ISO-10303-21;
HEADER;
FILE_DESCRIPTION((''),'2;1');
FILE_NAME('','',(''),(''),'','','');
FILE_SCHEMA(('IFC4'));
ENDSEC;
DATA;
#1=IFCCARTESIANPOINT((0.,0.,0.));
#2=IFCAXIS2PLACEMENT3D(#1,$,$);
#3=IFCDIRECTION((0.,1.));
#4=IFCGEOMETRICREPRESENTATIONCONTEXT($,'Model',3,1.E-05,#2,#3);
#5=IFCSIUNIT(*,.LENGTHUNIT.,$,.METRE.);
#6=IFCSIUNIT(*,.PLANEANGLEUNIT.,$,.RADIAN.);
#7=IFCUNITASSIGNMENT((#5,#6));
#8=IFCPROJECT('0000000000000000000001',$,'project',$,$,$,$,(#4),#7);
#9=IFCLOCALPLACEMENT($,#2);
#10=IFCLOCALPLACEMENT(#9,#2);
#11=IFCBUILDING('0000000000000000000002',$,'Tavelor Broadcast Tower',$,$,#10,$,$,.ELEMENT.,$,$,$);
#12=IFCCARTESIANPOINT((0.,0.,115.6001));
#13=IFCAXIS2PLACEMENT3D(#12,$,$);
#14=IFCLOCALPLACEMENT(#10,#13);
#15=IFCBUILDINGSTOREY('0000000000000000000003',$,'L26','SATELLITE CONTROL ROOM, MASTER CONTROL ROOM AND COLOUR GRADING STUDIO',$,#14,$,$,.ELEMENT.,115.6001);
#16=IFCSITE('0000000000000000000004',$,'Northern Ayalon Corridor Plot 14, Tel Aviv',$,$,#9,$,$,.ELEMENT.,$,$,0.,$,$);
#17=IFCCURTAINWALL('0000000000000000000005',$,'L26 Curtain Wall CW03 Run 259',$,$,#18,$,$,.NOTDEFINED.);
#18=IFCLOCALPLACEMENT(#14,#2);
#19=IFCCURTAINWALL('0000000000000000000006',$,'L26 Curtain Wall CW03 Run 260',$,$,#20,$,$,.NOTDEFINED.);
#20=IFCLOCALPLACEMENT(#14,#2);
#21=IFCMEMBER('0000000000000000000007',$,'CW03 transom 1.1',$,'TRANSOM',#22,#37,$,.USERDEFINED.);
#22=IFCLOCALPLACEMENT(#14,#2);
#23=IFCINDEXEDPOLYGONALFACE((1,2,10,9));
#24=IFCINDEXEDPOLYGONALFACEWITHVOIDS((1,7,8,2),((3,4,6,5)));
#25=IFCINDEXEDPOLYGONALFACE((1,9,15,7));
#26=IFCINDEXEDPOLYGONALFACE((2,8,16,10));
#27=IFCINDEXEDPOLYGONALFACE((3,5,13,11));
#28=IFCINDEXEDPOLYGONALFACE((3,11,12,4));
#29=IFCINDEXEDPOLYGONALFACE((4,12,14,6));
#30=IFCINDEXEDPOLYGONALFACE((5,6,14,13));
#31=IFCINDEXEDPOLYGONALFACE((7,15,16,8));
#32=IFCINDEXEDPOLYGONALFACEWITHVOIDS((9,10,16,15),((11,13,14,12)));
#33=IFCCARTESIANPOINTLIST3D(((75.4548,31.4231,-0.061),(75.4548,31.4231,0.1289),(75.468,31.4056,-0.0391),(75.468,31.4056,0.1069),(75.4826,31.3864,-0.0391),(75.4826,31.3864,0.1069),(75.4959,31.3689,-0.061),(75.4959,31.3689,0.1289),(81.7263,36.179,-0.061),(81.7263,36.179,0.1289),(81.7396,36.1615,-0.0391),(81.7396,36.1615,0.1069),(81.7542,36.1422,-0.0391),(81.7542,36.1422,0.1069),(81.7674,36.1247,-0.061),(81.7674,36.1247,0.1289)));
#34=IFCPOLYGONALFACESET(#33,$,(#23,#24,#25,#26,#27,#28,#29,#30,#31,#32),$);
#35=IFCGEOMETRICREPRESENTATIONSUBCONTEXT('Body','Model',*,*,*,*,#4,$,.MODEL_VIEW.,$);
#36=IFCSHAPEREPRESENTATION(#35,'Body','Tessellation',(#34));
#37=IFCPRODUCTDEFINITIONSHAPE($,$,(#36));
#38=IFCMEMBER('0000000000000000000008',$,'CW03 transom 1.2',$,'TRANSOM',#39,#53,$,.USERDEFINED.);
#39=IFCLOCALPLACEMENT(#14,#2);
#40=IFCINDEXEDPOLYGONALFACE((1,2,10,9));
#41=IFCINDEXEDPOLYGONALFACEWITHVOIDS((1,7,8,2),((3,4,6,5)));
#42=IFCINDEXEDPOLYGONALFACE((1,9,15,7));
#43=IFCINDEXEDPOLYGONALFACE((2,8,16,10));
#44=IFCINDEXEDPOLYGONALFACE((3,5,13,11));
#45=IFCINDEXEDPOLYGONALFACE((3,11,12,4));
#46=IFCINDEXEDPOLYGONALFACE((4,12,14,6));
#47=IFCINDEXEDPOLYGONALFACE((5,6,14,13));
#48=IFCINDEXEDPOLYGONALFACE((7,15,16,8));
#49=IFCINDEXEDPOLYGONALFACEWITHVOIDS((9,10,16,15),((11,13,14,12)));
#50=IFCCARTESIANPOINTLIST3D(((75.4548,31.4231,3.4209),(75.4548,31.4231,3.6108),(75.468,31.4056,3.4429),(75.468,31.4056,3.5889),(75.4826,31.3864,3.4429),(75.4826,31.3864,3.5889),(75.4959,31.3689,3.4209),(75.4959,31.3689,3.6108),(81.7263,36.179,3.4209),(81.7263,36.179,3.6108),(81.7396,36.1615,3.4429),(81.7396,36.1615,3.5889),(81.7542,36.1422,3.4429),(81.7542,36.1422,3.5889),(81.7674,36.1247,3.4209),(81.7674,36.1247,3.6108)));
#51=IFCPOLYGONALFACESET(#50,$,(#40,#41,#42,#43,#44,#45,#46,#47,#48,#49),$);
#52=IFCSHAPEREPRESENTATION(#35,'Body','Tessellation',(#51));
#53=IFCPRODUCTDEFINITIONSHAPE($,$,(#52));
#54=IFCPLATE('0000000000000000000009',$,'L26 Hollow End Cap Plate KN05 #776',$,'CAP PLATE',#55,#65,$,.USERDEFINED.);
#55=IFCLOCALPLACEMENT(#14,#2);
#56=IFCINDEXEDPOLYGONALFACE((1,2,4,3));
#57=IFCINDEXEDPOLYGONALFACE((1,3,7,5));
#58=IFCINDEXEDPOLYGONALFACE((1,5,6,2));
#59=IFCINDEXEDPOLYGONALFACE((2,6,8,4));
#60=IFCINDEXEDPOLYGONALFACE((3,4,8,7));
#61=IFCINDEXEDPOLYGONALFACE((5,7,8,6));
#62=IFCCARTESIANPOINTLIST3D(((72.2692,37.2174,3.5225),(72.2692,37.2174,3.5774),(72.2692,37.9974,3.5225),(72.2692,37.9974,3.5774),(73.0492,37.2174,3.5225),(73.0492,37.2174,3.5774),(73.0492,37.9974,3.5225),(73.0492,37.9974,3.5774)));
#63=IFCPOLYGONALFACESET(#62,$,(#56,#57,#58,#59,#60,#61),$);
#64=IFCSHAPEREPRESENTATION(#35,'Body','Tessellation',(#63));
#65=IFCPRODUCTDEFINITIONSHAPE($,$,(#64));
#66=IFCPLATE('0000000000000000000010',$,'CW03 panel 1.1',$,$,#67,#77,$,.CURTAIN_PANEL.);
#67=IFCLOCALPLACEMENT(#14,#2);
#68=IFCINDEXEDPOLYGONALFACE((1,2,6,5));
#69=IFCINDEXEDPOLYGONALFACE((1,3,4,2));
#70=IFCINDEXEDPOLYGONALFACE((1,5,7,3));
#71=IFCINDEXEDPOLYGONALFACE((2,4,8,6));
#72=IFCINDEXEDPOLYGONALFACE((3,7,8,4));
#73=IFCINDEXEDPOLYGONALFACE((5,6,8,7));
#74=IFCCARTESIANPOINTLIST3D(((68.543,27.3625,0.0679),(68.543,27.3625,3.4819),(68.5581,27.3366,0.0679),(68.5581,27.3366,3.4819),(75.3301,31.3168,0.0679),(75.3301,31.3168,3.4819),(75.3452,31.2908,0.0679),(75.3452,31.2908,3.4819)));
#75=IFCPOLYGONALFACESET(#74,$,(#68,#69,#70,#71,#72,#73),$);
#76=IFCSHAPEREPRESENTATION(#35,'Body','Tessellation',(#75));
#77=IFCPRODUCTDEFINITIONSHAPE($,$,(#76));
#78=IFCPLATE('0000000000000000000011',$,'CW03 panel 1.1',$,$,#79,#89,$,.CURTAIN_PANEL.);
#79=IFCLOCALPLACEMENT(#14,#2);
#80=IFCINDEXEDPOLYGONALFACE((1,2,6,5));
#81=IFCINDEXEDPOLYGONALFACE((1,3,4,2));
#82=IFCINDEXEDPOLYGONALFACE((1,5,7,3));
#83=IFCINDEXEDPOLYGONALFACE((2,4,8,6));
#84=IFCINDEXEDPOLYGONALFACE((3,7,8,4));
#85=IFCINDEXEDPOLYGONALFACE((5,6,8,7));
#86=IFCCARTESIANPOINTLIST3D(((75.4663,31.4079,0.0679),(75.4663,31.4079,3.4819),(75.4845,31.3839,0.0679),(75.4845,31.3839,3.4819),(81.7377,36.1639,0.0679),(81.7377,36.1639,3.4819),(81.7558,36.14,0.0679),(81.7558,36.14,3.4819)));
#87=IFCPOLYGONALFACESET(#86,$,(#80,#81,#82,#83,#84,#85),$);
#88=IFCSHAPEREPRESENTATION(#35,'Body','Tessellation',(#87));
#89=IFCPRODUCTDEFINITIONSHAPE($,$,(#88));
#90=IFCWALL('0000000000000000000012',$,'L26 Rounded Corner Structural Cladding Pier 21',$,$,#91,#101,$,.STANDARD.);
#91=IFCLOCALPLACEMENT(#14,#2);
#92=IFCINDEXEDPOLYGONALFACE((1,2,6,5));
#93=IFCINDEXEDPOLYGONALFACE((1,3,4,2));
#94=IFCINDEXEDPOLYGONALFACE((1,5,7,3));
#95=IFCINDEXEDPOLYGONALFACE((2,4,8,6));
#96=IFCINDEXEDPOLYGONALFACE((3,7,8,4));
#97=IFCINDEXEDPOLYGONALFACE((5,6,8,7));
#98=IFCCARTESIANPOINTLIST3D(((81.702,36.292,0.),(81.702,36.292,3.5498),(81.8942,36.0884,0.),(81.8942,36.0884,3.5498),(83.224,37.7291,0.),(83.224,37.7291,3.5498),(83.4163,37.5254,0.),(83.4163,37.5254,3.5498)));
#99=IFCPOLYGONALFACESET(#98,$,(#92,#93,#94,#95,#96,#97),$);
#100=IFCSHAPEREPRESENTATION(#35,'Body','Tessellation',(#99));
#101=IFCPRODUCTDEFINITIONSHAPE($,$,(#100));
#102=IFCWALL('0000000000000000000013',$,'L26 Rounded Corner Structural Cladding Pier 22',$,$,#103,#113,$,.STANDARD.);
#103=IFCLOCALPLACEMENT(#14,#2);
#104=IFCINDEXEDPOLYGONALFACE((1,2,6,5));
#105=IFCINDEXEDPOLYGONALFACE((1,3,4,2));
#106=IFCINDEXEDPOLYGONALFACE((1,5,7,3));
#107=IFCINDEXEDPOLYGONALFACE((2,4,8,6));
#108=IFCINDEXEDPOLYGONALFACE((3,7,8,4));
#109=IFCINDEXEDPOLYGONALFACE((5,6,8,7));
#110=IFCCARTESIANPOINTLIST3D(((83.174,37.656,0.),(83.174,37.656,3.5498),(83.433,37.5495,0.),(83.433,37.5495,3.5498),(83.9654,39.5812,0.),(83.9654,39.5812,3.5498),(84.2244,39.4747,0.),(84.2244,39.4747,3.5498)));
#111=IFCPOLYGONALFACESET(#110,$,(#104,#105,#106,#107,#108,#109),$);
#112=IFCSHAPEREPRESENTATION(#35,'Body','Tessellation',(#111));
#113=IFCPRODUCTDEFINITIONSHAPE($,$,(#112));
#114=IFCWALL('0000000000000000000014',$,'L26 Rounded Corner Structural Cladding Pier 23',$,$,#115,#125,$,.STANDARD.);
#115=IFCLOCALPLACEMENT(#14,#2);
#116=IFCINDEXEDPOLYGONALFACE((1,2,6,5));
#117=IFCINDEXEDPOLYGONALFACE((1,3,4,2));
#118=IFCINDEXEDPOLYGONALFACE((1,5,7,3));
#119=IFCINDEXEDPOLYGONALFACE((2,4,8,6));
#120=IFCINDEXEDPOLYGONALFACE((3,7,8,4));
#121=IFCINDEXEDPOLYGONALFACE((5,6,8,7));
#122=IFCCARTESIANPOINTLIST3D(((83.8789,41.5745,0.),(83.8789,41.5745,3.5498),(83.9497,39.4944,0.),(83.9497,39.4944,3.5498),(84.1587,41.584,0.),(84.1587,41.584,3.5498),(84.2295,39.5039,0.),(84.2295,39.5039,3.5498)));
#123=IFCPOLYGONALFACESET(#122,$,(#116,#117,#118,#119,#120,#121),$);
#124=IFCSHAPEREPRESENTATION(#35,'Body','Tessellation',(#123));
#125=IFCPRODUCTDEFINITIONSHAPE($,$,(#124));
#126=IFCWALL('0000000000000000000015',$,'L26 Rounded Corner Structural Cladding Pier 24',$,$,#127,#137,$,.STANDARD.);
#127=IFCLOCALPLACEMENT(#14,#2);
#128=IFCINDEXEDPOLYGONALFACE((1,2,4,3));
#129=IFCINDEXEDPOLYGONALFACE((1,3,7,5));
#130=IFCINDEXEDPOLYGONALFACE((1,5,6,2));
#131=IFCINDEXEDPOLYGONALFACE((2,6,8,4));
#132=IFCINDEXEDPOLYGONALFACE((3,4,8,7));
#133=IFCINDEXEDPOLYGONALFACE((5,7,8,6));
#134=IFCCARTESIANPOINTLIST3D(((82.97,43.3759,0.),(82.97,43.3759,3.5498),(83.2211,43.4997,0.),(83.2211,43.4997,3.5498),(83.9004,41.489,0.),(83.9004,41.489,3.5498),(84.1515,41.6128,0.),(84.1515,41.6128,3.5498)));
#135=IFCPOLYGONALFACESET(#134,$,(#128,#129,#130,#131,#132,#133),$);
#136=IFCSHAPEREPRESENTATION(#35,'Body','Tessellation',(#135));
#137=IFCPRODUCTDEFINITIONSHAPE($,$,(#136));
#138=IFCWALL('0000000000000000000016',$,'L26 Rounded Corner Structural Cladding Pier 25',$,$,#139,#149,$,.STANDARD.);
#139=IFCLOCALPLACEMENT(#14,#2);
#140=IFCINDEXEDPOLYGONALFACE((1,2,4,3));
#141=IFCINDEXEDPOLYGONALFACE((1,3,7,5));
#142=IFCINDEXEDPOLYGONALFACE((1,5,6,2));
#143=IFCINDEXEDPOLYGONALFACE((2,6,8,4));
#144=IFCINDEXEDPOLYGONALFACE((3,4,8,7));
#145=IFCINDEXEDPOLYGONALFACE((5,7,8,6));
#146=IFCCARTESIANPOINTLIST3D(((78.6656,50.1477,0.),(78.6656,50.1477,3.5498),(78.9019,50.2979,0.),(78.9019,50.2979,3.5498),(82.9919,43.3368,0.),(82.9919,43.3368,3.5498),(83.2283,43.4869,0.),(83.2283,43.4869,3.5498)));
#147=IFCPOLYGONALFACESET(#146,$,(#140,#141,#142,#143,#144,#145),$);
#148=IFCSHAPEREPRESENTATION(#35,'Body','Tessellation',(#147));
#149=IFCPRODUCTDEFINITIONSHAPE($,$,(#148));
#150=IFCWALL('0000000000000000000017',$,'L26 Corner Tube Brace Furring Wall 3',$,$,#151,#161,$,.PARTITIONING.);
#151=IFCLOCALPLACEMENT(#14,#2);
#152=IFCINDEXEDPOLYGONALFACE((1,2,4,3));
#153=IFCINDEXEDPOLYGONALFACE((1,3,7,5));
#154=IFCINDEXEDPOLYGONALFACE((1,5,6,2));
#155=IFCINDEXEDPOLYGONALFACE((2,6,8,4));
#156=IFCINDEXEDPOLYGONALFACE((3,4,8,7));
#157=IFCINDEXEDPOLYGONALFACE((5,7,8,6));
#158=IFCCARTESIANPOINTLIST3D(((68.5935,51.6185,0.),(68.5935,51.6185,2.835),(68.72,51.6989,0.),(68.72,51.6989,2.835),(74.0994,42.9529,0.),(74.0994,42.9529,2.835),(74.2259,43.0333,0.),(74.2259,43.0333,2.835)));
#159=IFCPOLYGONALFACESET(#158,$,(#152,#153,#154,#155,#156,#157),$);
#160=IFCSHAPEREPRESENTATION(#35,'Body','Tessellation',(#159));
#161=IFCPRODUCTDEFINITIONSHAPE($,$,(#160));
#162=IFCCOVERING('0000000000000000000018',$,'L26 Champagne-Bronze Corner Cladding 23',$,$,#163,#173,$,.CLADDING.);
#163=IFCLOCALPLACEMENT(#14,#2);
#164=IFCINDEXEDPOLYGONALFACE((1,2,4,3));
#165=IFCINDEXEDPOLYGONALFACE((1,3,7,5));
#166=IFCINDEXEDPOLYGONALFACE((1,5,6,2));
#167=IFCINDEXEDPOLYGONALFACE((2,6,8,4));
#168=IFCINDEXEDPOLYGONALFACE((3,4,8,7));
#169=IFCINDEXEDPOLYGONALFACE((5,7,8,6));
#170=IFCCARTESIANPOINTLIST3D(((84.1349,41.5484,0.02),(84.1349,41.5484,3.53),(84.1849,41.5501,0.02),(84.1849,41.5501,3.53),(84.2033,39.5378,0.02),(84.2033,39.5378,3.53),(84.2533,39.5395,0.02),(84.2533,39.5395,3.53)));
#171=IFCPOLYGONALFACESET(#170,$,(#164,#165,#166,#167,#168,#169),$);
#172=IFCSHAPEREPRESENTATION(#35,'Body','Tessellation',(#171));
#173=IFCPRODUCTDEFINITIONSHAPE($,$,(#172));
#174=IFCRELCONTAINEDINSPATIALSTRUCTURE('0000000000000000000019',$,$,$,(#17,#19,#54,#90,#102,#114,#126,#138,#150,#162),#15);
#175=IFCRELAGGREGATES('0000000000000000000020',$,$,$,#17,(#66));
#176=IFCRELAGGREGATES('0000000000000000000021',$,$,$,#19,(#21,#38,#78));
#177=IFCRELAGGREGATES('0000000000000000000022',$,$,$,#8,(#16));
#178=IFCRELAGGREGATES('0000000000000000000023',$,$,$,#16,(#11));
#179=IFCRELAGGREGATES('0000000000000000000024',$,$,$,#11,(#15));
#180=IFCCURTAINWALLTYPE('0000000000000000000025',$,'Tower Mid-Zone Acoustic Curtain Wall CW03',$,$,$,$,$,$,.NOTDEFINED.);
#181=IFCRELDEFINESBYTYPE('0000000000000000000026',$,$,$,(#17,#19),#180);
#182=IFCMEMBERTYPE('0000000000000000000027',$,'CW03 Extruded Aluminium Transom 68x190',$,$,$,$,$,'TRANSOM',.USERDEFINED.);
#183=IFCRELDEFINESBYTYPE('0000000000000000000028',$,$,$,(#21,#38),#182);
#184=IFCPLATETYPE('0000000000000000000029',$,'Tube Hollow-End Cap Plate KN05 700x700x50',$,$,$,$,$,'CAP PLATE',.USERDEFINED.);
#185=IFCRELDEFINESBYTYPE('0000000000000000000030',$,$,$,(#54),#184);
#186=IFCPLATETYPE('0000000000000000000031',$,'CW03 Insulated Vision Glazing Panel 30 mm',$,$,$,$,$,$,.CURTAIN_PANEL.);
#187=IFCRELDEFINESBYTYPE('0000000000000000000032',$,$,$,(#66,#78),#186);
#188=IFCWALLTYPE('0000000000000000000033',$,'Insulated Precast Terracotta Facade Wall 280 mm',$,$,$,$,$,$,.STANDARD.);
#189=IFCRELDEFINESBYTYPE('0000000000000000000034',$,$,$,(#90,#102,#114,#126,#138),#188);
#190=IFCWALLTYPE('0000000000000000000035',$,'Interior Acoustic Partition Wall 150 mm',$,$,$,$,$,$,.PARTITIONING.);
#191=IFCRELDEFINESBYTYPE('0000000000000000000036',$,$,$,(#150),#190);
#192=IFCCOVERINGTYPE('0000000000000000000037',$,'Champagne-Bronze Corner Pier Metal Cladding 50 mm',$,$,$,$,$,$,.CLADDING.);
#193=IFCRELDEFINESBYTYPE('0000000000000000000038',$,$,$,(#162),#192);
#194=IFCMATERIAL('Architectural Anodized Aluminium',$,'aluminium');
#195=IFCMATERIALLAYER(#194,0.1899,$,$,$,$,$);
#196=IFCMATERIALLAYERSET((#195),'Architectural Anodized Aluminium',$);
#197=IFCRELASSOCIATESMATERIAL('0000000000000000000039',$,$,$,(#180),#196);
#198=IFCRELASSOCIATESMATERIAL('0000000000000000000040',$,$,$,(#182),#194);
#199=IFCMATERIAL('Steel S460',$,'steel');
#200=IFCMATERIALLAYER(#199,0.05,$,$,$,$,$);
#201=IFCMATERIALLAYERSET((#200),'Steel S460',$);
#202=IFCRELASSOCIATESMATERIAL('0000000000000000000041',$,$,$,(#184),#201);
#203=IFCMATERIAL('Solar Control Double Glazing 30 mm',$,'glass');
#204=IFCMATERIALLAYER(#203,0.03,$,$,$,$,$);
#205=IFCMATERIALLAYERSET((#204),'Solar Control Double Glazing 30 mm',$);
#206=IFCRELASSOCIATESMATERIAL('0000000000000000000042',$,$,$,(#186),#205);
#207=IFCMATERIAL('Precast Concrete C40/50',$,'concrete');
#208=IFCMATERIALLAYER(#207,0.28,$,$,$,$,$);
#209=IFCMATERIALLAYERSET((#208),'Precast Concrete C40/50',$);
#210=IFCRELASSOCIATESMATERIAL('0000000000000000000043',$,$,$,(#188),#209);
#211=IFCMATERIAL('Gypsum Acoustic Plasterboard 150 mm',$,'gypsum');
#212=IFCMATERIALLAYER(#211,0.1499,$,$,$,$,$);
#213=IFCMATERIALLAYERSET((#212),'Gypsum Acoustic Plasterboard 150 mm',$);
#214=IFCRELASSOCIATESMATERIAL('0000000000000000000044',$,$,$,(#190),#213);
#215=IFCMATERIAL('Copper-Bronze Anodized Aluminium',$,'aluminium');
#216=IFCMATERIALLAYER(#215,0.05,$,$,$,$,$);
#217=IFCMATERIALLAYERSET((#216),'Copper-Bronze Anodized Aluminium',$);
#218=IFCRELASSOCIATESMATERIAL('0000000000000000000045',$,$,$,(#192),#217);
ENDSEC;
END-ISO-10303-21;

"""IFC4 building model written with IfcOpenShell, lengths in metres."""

from ifc_helpers import new_model, si_unit, direction, frame, frame_2d, origin, origin_2d, place, context, subcontext, project, spatial, rectangle, hollow_rectangle, extrude, source, transform, mapped, material, layer, layer_set, material_profile, profile_set, type_object, type_shapes, element, aggregate, save


model = new_model("IFC4")

# Units and contexts
model_context = context("Model", 3, precision=1e-05, world=origin(), true_north=direction((0.0, 1.0)))
body_context = subcontext(model_context, "Body", "Model", "MODEL_VIEW")
ifc_project = project(units=[si_unit("LENGTHUNIT", "METRE"), si_unit("PLANEANGLEUNIT", "RADIAN")], contexts=[model_context])

# Site, building, storey
site_placement = place(None, origin())
site = spatial("IfcSite", under=ifc_project, at=site_placement, Name="Northern Ayalon Corridor Plot 14, Tel Aviv", CompositionType="ELEMENT", RefElevation=0.0)
building_placement = place(site_placement, origin())
building = spatial("IfcBuilding", under=site, at=building_placement, Name="Tavelor Broadcast Tower", CompositionType="ELEMENT")
storey_placement = place(building_placement, frame((0.0, 0.0, 115.6001)))
storey = spatial("IfcBuildingStorey", under=building, at=storey_placement, Name="L26", Description="SATELLITE CONTROL ROOM, MASTER CONTROL ROOM AND COLOUR GRADING STUDIO", CompositionType="ELEMENT", Elevation=115.6001)

# Shared definitions
ifc_material_1 = material(Name="Steel S460", Category="steel")

# Curtain wall
ifc_material_2 = material(Name="Architectural Anodized Aluminium", Category="aluminium")
ifc_layer_1 = layer(ifc_material_2, 0.1899)
ifc_layer_set_1 = layer_set([ifc_layer_1], Name="Architectural Anodized Aluminium")
curtain_wall_type = type_object("IfcCurtainWallType", Name="Tower Mid-Zone Acoustic Curtain Wall CW03", PredefinedType="NOTDEFINED", material=ifc_layer_set_1)
curtain_wall_1_placement = place(storey_placement, origin())
curtain_wall_1 = element("IfcCurtainWall", 1, at=curtain_wall_1_placement, inside=storey, type_object=curtain_wall_type, Name="L26 Curtain Wall CW03 Run 259", PredefinedType="NOTDEFINED")

# Curtain wall, members
curtain_wall_2_placement = place(storey_placement, origin())
curtain_wall_2 = element("IfcCurtainWall", 2, at=curtain_wall_2_placement, inside=storey, type_object=curtain_wall_type, Name="L26 Curtain Wall CW03 Run 260", PredefinedType="NOTDEFINED")
ifc_material_profile_1 = material_profile(ifc_material_2, hollow_rectangle(XDim=0.0681, YDim=0.1899, WallThickness=0.022, at=origin_2d()), Name="RHS 68x190x22")
ifc_profile_set_1 = profile_set([ifc_material_profile_1], Name="Architectural Anodized Aluminium")
member_type_1 = type_object("IfcMemberType", Name="CW03 Extruded Aluminium Transom 68x190", ElementType="TRANSOM", PredefinedType="USERDEFINED", material=ifc_profile_set_1)
shared_shape_1 = source(origin(), body_context, "Body", "SweptSolid", [
    extrude(hollow_rectangle(XDim=0.0681, YDim=0.1899, WallThickness=0.022, at=origin_2d()), origin(), (0.0, 0.0, 1.0), 7.8708),
])
type_shapes(member_type_1, [shared_shape_1])
member_1_placement = place(storey_placement, frame((75.4753, 31.396, 0.0339), z_axis=(0.796803, 0.60424, 0.0), x_axis=(-0.60424, 0.796803, 0.0)))
member_1 = element("IfcMember", 3, at=member_1_placement, type_object=member_type_1, Name="CW03 transom 1.1", ObjectType="TRANSOM", PredefinedType="USERDEFINED", context=body_context, shape_type="MappedRepresentation", body=[
    mapped(shared_shape_1, transform((0.0, 0.0, 0.0), scale=1.0)),
])
member_2_placement = place(storey_placement, frame((75.4753, 31.396, 3.5159), z_axis=(0.796803, 0.60424, 0.0), x_axis=(-0.60424, 0.796803, 0.0)))
member_2 = element("IfcMember", 4, at=member_2_placement, type_object=member_type_1, Name="CW03 transom 1.2", ObjectType="TRANSOM", PredefinedType="USERDEFINED", context=body_context, shape_type="MappedRepresentation", body=[
    mapped(shared_shape_1, transform((0.0, 0.0, 0.0), scale=1.0)),
])

# Plates
ifc_layer_2 = layer(ifc_material_1, 0.05)
ifc_layer_set_2 = layer_set([ifc_layer_2], Name="Steel S460")
plate_type_1 = type_object("IfcPlateType", Name="Tube Hollow-End Cap Plate KN05 700x700x50", ElementType="CAP PLATE", PredefinedType="USERDEFINED", material=ifc_layer_set_2)
shared_shape_2 = source(origin(), body_context, "Body", "SweptSolid", [
    extrude(rectangle(XDim=0.78, YDim=0.78, at=origin_2d()), origin(), (0.0, 0.0, 1.0), 0.0549),
])
type_shapes(plate_type_1, [shared_shape_2])
plate_1_placement = place(storey_placement, frame((72.6592, 37.6074, 3.5225), z_axis=(0.0, 0.0, 1.0), x_axis=(1.0, 0.0, 0.0)))
element("IfcPlate", 5, at=plate_1_placement, inside=storey, type_object=plate_type_1, Name="L26 Hollow End Cap Plate KN05 #776", ObjectType="CAP PLATE", PredefinedType="USERDEFINED", context=body_context, shape_type="MappedRepresentation", body=[
    mapped(shared_shape_2, transform((0.0, 0.0, 0.0), scale=1.0)),
])
ifc_material_3 = material(Name="Solar Control Double Glazing 30 mm", Category="glass")
ifc_layer_3 = layer(ifc_material_3, 0.03)
ifc_layer_set_3 = layer_set([ifc_layer_3], Name="Solar Control Double Glazing 30 mm")
plate_type_2 = type_object("IfcPlateType", Name="CW03 Insulated Vision Glazing Panel 30 mm", PredefinedType="CURTAIN_PANEL", material=ifc_layer_set_3)
shared_shape_3 = source(origin(), body_context, "Body", "SweptSolid", [
    extrude(rectangle(XDim=7.855, YDim=0.03, at=origin_2d()), origin(), (0.0, 0.0, 1.0), 3.4141),
])
plate_2_placement = place(storey_placement, frame((71.9441, 29.3267, 0.0679), z_axis=(0.0, 0.0, 1.0), x_axis=(0.86405, 0.503406, 0.0)))
plate_2 = element("IfcPlate", 6, at=plate_2_placement, type_object=plate_type_2, Name="CW03 panel 1.1", PredefinedType="CURTAIN_PANEL", context=body_context, shape_type="MappedRepresentation", body=[
    mapped(shared_shape_3, transform((0.0, 0.0, 0.0), scale=1.0)),
])
aggregate(curtain_wall_1, [plate_2])
shared_shape_4 = source(origin(), body_context, "Body", "SweptSolid", [
    extrude(rectangle(XDim=7.8708, YDim=0.03, at=origin_2d()), origin(), (0.0, 0.0, 1.0), 3.4141),
])
type_shapes(plate_type_2, [shared_shape_3, shared_shape_4])
plate_3_placement = place(storey_placement, frame((78.6111, 33.7739, 0.0679), z_axis=(0.0, 0.0, 1.0), x_axis=(0.796786, 0.604262, 0.0)))
plate_3 = element("IfcPlate", 7, at=plate_3_placement, type_object=plate_type_2, Name="CW03 panel 1.1", PredefinedType="CURTAIN_PANEL", context=body_context, shape_type="MappedRepresentation", body=[
    mapped(shared_shape_4, transform((0.0, 0.0, 0.0), scale=1.0)),
])
aggregate(curtain_wall_2, [member_1, member_2, plate_3])

# Walls
ifc_material_4 = material(Name="Precast Concrete C40/50", Category="concrete")
ifc_layer_4 = layer(ifc_material_4, 0.28)
ifc_layer_set_4 = layer_set([ifc_layer_4], Name="Precast Concrete C40/50")
wall_type_1 = type_object("IfcWallType", Name="Insulated Precast Terracotta Facade Wall 280 mm", PredefinedType="STANDARD", material=ifc_layer_set_4)
wall_1_placement = place(storey_placement, frame((81.7981, 36.1902, 0.0), z_axis=(0.0, 0.0, 1.0), x_axis=(0.72711, 0.686521, 0.0)))
element("IfcWall", 8, at=wall_1_placement, inside=storey, type_object=wall_type_1, Name="L26 Rounded Corner Structural Cladding Pier 21", PredefinedType="STANDARD", context=body_context, shape_type="SweptSolid", body=[
    extrude(rectangle(XDim=2.0933, YDim=0.28, at=frame_2d((1.0466, 0.0))), origin(), (0.0, 0.0, 1.0), 3.5498),
])
wall_2_placement = place(storey_placement, frame((83.3035, 37.6028, 0.0), z_axis=(0.0, 0.0, 1.0), x_axis=(0.380231, 0.924892, 0.0)))
element("IfcWall", 9, at=wall_2_placement, inside=storey, type_object=wall_type_1, Name="L26 Rounded Corner Structural Cladding Pier 22", PredefinedType="STANDARD", context=body_context, shape_type="SweptSolid", body=[
    extrude(rectangle(XDim=2.0815, YDim=0.28, at=frame_2d((1.0408, 0.0))), origin(), (0.0, 0.0, 1.0), 3.5498),
])
wall_3_placement = place(storey_placement, frame((84.0896, 39.4993, 0.0), z_axis=(0.0, 0.0, 1.0), x_axis=(-0.034018, 0.999421, 0.0)))
element("IfcWall", 10, at=wall_3_placement, inside=storey, type_object=wall_type_1, Name="L26 Rounded Corner Structural Cladding Pier 23", PredefinedType="STANDARD", context=body_context, shape_type="SweptSolid", body=[
    extrude(rectangle(XDim=2.0813, YDim=0.28, at=frame_2d((1.0405, 0.0))), origin(), (0.0, 0.0, 1.0), 3.5498),
])
wall_4_placement = place(storey_placement, frame((84.0259, 41.551, 0.0), z_axis=(0.0, 0.0, 1.0), x_axis=(-0.44224, 0.896897, 0.0)))
element("IfcWall", 11, at=wall_4_placement, inside=storey, type_object=wall_type_1, Name="L26 Rounded Corner Structural Cladding Pier 24", PredefinedType="STANDARD", context=body_context, shape_type="SweptSolid", body=[
    extrude(rectangle(XDim=2.1038, YDim=0.28, at=frame_2d((1.0518, 0.0))), origin(), (0.0, 0.0, 1.0), 3.5498),
])
wall_5_placement = place(storey_placement, frame((83.1101, 43.4119, 0.0), z_axis=(0.0, 0.0, 1.0), x_axis=(-0.53618, 0.844103, 0.0)))
element("IfcWall", 12, at=wall_5_placement, inside=storey, type_object=wall_type_1, Name="L26 Rounded Corner Structural Cladding Pier 25", PredefinedType="STANDARD", context=body_context, shape_type="SweptSolid", body=[
    extrude(rectangle(XDim=8.0688, YDim=0.28, at=frame_2d((4.0344, 0.0))), origin(), (0.0, 0.0, 1.0), 3.5498),
])
ifc_material_5 = material(Name="Gypsum Acoustic Plasterboard 150 mm", Category="gypsum")
ifc_layer_5 = layer(ifc_material_5, 0.1499)
ifc_layer_set_5 = layer_set([ifc_layer_5], Name="Gypsum Acoustic Plasterboard 150 mm")
wall_type_2 = type_object("IfcWallType", Name="Interior Acoustic Partition Wall 150 mm", PredefinedType="PARTITIONING", material=ifc_layer_set_5)
wall_6_placement = place(storey_placement, frame((74.1626, 42.9932, 0.0), z_axis=(0.0, 0.0, 1.0), x_axis=(-0.536281, 0.844039, 0.0)))
element("IfcWall", 13, at=wall_6_placement, inside=storey, type_object=wall_type_2, Name="L26 Corner Tube Brace Furring Wall 3", PredefinedType="PARTITIONING", context=body_context, shape_type="SweptSolid", body=[
    extrude(rectangle(XDim=10.2668, YDim=0.1499, at=frame_2d((5.1333, 0.0))), origin(), (0.0, 0.0, 1.0), 2.835),
])

# Covering
ifc_material_6 = material(Name="Copper-Bronze Anodized Aluminium", Category="aluminium")
ifc_layer_6 = layer(ifc_material_6, 0.05)
ifc_layer_set_6 = layer_set([ifc_layer_6], Name="Copper-Bronze Anodized Aluminium")
covering_type = type_object("IfcCoveringType", Name="Champagne-Bronze Corner Pier Metal Cladding 50 mm", PredefinedType="CLADDING", material=ifc_layer_set_6)
covering_placement = place(storey_placement, frame((84.1941, 40.5439, 0.02), z_axis=(0.0, 0.0, 1.0), x_axis=(-0.034027, 0.999421, 0.0)))
element("IfcCovering", 14, at=covering_placement, inside=storey, type_object=covering_type, Name="L26 Champagne-Bronze Corner Cladding 23", PredefinedType="CLADDING", context=body_context, shape_type="SweptSolid", body=[
    extrude(rectangle(XDim=2.0117, YDim=0.05, at=origin_2d()), origin(), (0.0, 0.0, 1.0), 3.51),
])

save(model, "model.ifc")
